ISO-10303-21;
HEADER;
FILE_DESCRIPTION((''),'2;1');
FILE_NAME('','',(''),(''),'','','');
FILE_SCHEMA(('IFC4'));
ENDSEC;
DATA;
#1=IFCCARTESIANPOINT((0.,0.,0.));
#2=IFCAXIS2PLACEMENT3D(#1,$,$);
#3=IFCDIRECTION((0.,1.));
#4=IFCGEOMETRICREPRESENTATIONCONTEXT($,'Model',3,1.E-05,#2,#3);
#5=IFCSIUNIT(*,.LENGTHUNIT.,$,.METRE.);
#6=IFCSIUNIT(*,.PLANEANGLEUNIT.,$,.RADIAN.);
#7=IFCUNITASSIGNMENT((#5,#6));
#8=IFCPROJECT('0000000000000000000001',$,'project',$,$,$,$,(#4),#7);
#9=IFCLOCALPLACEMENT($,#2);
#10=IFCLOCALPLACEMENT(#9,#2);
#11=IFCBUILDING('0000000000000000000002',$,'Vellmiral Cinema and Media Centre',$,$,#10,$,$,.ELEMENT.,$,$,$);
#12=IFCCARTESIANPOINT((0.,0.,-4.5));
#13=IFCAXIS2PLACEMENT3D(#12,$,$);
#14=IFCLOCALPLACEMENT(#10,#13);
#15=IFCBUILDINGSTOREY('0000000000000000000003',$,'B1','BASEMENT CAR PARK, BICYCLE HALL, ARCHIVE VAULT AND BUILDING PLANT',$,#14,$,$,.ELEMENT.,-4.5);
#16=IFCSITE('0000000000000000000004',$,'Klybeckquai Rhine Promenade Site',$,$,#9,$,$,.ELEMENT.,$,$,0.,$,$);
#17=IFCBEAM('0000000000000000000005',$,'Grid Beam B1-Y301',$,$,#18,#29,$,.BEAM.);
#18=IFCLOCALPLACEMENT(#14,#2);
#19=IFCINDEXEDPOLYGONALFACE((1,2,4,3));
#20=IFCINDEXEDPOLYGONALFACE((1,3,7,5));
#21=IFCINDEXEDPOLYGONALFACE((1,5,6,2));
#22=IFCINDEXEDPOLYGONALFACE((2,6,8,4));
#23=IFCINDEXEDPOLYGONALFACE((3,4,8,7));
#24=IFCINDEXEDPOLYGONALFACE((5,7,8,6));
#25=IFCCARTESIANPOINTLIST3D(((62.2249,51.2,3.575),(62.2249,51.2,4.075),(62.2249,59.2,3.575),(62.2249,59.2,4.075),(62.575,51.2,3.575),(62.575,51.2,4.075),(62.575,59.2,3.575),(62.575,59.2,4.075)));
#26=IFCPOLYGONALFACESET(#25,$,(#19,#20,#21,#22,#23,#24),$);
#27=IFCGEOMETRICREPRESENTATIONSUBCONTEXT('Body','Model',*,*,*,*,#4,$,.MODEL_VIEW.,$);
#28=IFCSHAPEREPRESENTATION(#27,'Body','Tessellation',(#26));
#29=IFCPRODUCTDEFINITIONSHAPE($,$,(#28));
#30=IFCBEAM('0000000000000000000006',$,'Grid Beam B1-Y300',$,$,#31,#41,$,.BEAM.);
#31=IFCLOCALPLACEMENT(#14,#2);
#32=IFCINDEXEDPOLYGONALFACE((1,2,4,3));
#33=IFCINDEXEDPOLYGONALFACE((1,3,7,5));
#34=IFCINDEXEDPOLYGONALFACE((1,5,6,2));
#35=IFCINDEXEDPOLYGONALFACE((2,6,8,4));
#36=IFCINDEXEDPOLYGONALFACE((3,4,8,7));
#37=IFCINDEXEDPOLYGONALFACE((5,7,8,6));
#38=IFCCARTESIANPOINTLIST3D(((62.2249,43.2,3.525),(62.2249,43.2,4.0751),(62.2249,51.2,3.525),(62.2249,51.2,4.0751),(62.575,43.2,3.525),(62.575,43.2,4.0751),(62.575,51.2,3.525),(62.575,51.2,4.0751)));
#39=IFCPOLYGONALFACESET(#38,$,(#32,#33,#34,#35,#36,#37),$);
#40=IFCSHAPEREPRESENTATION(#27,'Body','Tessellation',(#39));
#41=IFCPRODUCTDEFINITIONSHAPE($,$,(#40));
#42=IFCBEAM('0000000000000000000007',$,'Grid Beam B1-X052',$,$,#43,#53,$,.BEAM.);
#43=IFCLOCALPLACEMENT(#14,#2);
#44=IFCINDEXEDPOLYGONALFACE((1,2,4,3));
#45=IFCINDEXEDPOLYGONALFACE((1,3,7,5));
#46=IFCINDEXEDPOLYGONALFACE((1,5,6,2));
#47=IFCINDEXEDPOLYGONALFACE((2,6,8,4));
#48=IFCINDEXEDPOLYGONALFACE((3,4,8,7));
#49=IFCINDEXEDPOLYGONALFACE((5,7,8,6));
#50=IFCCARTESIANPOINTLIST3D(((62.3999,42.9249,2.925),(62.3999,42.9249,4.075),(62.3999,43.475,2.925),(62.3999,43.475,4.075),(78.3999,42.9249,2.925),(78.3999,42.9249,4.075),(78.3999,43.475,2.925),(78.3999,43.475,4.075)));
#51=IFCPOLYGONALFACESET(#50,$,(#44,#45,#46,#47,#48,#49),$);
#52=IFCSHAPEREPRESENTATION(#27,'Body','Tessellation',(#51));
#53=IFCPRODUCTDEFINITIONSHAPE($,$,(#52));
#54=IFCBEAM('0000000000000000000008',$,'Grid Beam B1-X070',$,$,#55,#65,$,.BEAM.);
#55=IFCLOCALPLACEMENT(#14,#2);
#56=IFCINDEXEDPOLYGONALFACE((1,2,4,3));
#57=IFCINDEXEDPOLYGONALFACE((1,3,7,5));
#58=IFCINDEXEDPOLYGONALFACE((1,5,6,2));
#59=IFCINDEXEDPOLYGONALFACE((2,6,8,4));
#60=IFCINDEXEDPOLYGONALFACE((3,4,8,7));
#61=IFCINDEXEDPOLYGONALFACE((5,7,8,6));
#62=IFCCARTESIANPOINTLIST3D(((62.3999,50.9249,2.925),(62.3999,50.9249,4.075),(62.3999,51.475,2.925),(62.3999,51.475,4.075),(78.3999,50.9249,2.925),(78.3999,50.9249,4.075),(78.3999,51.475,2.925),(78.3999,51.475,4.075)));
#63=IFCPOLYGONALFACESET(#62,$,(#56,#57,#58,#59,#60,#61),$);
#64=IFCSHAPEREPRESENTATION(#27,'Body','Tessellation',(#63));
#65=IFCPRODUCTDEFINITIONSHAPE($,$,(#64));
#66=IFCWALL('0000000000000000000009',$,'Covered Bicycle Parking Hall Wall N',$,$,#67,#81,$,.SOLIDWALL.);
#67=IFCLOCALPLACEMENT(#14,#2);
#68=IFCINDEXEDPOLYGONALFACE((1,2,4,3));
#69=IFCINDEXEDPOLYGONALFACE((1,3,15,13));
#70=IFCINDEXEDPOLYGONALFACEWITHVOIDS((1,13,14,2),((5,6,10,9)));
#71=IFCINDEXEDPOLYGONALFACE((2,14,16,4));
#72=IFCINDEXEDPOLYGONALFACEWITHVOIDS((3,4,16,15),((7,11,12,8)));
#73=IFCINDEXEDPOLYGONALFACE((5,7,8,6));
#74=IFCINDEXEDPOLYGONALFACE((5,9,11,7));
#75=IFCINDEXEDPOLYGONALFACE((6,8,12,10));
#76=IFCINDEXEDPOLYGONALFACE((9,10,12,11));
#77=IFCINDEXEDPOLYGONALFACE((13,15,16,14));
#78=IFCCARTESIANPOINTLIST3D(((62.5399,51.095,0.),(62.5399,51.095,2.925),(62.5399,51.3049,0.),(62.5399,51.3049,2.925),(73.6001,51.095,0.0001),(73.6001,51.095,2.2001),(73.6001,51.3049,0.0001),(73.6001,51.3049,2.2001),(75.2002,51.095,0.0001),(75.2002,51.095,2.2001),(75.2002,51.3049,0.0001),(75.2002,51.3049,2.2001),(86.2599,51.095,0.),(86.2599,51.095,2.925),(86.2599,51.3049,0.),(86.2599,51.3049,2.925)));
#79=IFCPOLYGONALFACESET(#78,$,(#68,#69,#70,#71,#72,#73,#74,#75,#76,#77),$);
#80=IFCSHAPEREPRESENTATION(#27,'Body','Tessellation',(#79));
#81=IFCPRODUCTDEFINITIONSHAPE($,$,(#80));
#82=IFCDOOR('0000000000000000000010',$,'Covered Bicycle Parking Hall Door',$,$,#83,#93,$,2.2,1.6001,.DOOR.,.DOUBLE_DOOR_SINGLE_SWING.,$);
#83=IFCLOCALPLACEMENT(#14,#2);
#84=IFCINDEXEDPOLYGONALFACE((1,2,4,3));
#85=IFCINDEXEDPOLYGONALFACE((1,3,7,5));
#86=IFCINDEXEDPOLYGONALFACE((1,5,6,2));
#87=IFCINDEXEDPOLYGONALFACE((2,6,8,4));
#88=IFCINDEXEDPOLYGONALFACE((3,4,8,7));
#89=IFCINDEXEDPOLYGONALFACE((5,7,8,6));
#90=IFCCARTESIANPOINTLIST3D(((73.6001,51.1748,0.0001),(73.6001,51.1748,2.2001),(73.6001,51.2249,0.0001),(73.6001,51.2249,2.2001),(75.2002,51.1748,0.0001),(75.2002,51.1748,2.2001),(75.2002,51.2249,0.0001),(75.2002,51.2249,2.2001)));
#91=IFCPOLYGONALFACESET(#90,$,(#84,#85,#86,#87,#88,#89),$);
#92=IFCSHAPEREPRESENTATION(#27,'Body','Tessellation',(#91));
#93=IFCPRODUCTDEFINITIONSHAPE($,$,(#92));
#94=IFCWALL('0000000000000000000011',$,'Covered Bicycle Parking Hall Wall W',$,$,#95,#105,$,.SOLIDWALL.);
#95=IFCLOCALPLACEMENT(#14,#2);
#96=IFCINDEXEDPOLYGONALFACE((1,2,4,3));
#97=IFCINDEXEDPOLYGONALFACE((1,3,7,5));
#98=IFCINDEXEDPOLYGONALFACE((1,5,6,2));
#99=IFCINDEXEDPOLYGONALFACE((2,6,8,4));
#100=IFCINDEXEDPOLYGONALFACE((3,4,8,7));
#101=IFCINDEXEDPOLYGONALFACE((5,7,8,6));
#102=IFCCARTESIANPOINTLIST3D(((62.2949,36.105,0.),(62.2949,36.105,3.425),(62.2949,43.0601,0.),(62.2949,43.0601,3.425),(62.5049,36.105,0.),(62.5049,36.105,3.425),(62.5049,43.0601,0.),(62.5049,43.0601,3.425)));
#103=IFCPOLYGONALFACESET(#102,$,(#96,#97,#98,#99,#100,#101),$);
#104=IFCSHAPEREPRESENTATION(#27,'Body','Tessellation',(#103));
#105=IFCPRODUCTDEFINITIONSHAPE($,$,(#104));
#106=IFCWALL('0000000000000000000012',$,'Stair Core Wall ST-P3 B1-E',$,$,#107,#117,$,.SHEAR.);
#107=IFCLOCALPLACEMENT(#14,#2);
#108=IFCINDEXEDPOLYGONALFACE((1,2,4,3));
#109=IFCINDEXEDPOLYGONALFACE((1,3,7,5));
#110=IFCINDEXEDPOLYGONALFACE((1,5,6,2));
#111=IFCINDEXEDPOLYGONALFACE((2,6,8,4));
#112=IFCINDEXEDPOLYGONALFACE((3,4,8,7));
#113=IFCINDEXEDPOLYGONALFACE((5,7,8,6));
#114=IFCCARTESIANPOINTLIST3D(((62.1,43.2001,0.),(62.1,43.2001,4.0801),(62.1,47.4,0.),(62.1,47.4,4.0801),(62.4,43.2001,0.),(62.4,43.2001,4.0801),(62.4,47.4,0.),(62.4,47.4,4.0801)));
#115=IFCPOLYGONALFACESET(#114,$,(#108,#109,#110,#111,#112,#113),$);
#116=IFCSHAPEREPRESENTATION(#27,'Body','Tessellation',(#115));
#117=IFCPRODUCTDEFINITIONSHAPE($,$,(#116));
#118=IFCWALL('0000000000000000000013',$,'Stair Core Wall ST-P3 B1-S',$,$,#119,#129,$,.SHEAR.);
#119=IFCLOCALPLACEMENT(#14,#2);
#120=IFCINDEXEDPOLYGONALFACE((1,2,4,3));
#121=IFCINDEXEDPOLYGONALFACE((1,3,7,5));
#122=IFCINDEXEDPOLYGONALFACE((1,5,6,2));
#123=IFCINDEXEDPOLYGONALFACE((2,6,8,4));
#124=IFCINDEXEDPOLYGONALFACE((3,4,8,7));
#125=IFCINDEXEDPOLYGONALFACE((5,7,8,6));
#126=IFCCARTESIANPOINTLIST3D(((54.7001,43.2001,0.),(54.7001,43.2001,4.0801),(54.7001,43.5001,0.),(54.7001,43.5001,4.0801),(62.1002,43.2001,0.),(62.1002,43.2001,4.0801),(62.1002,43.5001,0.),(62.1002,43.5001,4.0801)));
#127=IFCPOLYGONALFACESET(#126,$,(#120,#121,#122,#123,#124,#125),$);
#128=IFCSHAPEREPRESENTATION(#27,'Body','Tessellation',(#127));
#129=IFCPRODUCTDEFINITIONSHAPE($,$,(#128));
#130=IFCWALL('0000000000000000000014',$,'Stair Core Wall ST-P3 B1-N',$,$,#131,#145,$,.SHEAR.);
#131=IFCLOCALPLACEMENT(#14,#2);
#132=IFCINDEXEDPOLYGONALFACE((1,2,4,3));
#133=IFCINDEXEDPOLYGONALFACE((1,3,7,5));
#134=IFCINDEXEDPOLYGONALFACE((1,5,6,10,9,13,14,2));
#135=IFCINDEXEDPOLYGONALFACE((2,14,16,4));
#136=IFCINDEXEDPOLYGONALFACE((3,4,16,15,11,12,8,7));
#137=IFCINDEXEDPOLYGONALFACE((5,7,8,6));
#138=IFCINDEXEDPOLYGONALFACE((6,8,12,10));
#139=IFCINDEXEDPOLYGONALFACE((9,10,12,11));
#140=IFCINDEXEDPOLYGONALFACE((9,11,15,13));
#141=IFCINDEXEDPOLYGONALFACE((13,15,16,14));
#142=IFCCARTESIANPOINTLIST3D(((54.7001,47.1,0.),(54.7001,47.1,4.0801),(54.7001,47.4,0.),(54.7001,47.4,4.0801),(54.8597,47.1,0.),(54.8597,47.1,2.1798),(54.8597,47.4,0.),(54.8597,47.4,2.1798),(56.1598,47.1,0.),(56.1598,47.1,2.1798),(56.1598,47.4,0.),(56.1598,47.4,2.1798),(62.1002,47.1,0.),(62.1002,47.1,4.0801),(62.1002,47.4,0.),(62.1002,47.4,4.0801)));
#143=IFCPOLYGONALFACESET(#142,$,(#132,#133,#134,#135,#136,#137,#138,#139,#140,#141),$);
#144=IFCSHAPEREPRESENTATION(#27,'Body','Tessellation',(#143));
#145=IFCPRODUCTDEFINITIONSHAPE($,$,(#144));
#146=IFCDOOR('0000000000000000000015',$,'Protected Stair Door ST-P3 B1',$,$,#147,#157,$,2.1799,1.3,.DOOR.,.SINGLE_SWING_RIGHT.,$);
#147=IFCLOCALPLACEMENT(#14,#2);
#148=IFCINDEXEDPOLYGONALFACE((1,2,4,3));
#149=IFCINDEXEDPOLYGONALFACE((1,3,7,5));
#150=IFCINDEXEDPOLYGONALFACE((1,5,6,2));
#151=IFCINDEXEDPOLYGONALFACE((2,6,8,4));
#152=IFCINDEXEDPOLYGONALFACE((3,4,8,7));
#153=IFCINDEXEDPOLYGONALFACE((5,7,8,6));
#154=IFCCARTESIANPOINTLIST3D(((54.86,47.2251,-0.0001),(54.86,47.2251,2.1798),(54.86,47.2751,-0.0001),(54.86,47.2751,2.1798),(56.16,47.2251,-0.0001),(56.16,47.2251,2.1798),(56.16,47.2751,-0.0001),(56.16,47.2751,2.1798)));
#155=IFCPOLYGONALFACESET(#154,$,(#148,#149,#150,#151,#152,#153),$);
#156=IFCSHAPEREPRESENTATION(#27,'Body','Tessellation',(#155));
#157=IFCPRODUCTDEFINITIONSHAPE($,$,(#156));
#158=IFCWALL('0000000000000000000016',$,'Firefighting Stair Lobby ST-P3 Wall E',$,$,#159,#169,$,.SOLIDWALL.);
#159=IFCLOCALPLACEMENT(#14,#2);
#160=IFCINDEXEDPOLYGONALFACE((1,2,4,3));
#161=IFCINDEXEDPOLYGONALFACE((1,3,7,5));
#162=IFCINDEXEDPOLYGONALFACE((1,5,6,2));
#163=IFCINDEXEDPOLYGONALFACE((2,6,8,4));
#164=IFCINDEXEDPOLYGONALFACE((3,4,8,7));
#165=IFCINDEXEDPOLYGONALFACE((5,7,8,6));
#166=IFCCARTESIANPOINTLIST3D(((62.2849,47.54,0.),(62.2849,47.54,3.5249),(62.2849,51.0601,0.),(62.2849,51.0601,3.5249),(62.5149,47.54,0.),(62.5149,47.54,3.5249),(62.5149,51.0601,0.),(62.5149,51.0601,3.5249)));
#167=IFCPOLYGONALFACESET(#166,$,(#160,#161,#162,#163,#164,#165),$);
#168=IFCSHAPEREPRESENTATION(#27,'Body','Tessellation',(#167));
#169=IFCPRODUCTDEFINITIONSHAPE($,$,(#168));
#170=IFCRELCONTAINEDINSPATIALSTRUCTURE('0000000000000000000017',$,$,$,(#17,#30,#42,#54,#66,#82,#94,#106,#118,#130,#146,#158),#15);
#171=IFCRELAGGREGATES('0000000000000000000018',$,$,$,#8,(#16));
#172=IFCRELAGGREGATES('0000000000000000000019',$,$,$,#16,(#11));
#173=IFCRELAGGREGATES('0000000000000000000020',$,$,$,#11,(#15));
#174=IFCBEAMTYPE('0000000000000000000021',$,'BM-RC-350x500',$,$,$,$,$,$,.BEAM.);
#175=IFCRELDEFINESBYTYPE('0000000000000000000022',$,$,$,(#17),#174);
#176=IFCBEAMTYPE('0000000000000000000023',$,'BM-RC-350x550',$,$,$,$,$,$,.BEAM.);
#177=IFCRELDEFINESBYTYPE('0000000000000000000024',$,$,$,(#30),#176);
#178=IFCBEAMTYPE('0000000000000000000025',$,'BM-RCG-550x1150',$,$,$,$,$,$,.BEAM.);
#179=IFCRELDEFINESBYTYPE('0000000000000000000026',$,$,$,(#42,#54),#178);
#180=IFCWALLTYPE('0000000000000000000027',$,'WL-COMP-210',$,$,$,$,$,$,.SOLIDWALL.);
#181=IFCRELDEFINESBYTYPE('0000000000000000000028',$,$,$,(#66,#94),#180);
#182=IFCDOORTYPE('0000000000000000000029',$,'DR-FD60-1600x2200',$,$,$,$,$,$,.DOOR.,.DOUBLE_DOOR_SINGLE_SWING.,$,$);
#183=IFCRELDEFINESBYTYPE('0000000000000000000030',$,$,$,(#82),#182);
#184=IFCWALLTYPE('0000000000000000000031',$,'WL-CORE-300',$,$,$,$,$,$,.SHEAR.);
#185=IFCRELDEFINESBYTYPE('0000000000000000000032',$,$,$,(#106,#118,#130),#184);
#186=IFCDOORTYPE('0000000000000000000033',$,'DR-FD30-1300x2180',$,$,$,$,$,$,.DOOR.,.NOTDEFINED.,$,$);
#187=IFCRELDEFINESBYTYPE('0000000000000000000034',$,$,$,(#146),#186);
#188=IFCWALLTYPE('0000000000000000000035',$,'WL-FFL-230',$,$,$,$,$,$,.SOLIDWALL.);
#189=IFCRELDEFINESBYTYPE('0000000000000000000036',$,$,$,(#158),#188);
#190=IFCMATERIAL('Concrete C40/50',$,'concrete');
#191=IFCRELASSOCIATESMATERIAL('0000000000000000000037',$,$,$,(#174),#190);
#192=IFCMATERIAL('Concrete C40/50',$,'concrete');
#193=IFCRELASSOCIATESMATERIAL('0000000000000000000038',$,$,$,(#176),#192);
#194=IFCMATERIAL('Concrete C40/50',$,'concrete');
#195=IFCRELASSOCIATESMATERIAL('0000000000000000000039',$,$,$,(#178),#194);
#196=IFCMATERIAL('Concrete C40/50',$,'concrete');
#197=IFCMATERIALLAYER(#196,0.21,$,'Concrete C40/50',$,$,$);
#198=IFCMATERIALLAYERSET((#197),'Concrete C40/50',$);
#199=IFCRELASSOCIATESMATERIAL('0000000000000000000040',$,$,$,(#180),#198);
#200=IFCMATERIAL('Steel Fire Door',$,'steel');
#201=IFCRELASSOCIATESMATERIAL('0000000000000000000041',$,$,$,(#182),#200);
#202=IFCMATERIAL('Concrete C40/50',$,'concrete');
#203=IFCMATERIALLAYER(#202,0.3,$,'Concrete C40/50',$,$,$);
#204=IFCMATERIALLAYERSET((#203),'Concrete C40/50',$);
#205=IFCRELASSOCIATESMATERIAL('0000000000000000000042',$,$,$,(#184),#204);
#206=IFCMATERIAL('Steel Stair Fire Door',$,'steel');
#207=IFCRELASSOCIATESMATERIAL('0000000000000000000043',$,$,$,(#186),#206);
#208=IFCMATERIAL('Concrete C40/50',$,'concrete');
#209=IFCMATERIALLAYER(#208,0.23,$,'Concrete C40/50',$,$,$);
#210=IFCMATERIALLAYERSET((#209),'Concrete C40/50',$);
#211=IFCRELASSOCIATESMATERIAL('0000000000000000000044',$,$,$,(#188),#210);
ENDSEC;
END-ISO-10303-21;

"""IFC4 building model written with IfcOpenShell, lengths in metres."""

from ifc_helpers import new_model, si_unit, direction, frame, frame_2d, origin, origin_2d, place, context, subcontext, project, spatial, rectangle, extrude, material, layer, layer_set, material_profile, profile_set, type_object, element, fill, save


model = new_model("IFC4")

# Units and contexts
model_context = context("Model", 3, precision=1e-05, world=origin(), true_north=direction((0.0, 1.0)))
body_context = subcontext(model_context, "Body", "Model", "MODEL_VIEW")
ifc_project = project(units=[si_unit("LENGTHUNIT", "METRE"), si_unit("PLANEANGLEUNIT", "RADIAN")], contexts=[model_context])

# Site, building, storey
site_placement = place(None, origin())
site = spatial("IfcSite", under=ifc_project, at=site_placement, Name="Klybeckquai Rhine Promenade Site", CompositionType="ELEMENT", RefElevation=0.0)
building_placement = place(site_placement, origin())
building = spatial("IfcBuilding", under=site, at=building_placement, Name="Vellmiral Cinema and Media Centre", CompositionType="ELEMENT")
storey_placement = place(building_placement, frame((0.0, 0.0, -4.5)))
storey = spatial("IfcBuildingStorey", under=building, at=storey_placement, Name="B1", Description="BASEMENT CAR PARK, BICYCLE HALL, ARCHIVE VAULT AND BUILDING PLANT", CompositionType="ELEMENT", Elevation=-4.5)

# Beams
ifc_material_1 = material(Name="Concrete C40/50", Category="concrete")
ifc_material_profile_1 = material_profile(ifc_material_1, rectangle(XDim=0.3501, YDim=0.5, at=origin_2d()), Name="RC 350x500")
ifc_profile_set_1 = profile_set([ifc_material_profile_1], Name="Concrete C40/50")
beam_type_1 = type_object("IfcBeamType", Name="BM-RC-350x500", PredefinedType="BEAM", material=ifc_profile_set_1)
beam_1_placement = place(storey_placement, frame((62.3999, 51.2, 3.825), z_axis=(0.0, 1.0, 0.0), x_axis=(-1.0, 0.0, 0.0)))
element("IfcBeam", 1, at=beam_1_placement, inside=storey, type_object=beam_type_1, Name="Grid Beam B1-Y301", PredefinedType="BEAM", context=body_context, shape_type="SweptSolid", body=[
    extrude(rectangle(XDim=0.3501, YDim=0.5, at=origin_2d()), origin(), (0.0, 0.0, 1.0), 8.0),
])
ifc_material_2 = material(Name="Concrete C40/50", Category="concrete")
ifc_material_profile_2 = material_profile(ifc_material_2, rectangle(XDim=0.3501, YDim=0.55, at=origin_2d()), Name="RC 350x550")
ifc_profile_set_2 = profile_set([ifc_material_profile_2], Name="Concrete C40/50")
beam_type_2 = type_object("IfcBeamType", Name="BM-RC-350x550", PredefinedType="BEAM", material=ifc_profile_set_2)
beam_2_placement = place(storey_placement, frame((62.3999, 43.2, 3.8), z_axis=(0.0, 1.0, 0.0), x_axis=(-1.0, 0.0, 0.0)))
element("IfcBeam", 2, at=beam_2_placement, inside=storey, type_object=beam_type_2, Name="Grid Beam B1-Y300", PredefinedType="BEAM", context=body_context, shape_type="SweptSolid", body=[
    extrude(rectangle(XDim=0.3501, YDim=0.55, at=origin_2d()), origin(), (0.0, 0.0, 1.0), 8.0),
])
ifc_material_3 = material(Name="Concrete C40/50", Category="concrete")
ifc_material_profile_3 = material_profile(ifc_material_3, rectangle(XDim=0.55, YDim=1.1499, at=origin_2d()), Name="RC 550x1150")
ifc_profile_set_3 = profile_set([ifc_material_profile_3], Name="Concrete C40/50")
beam_type_3 = type_object("IfcBeamType", Name="BM-RCG-550x1150", PredefinedType="BEAM", material=ifc_profile_set_3)
for number, where, z_axis, x_axis, name in (
    (3, (62.3999, 43.2, 3.5), (1.0, 0.0, 0.0), (0.0, 1.0, 0.0), "Grid Beam B1-X052"),
    (4, (62.3999, 51.2, 3.5), (1.0, 0.0, 0.0), (0.0, 1.0, 0.0), "Grid Beam B1-X070"),
):
    element("IfcBeam", number, at=place(storey_placement, frame(where, z_axis=z_axis, x_axis=x_axis)), inside=storey, type_object=beam_type_3, Name=name, PredefinedType="BEAM", context=body_context, shape_type="SweptSolid", body=[
        extrude(rectangle(XDim=0.55, YDim=1.1499, at=origin_2d()), origin(), (0.0, 0.0, 1.0), 16.0),
    ])

# Wall, opening, door
ifc_material_4 = material(Name="Concrete C40/50", Category="concrete")
ifc_layer_1 = layer(ifc_material_4, 0.21, Name="Concrete C40/50")
ifc_layer_set_1 = layer_set([ifc_layer_1], Name="Concrete C40/50")
wall_type_1 = type_object("IfcWallType", Name="WL-COMP-210", PredefinedType="SOLIDWALL", material=ifc_layer_set_1)
wall_1_placement = place(storey_placement, frame((62.54, 51.2, 0.0), z_axis=(0.0, 0.0, 1.0), x_axis=(1.0, 0.0, 0.0)))
wall_1 = element("IfcWall", 5, at=wall_1_placement, inside=storey, type_object=wall_type_1, Name="Covered Bicycle Parking Hall Wall N", PredefinedType="SOLIDWALL", context=body_context, shape_type="SweptSolid", body=[
    extrude(rectangle(XDim=23.72, YDim=0.21, at=frame_2d((11.8599, 0.0))), origin(), (0.0, 0.0, 1.0), 2.925),
])
opening_1_placement = place(wall_1_placement, frame((11.0601, 0.0, 0.0)))
opening_1 = element("IfcOpeningElement", 6, at=opening_1_placement, cuts=wall_1, PredefinedType="OPENING", context=body_context, shape_type="SweptSolid", body=[
    extrude(rectangle(XDim=1.6001, YDim=2.2, at=frame_2d((0.8, 1.1001))), frame((0.0, 0.1169, 0.0), z_axis=(0.0, -1.0, 0.0), x_axis=(1.0, 0.0, 0.0)), (0.0, 0.0, 1.0), 0.2339),
])
ifc_material_5 = material(Name="Steel Fire Door", Category="steel")
door_type_1 = type_object("IfcDoorType", Name="DR-FD60-1600x2200", OperationType="DOUBLE_DOOR_SINGLE_SWING", PredefinedType="DOOR", material=ifc_material_5)
door_1_placement = place(opening_1_placement, origin())
door_1 = element("IfcDoor", 7, at=door_1_placement, inside=storey, type_object=door_type_1, Name="Covered Bicycle Parking Hall Door", OperationType="DOUBLE_DOOR_SINGLE_SWING", OverallHeight=2.2, OverallWidth=1.6001, PredefinedType="DOOR", context=body_context, shape_type="SweptSolid", body=[
    extrude(rectangle(XDim=1.6001, YDim=2.2, at=frame_2d((0.8, 1.1001))), frame((0.0, 0.0249, 0.0), z_axis=(0.0, -1.0, 0.0), x_axis=(1.0, 0.0, 0.0)), (0.0, 0.0, 1.0), 0.05),
])
fill(opening_1, door_1)

# Walls
wall_2_placement = place(storey_placement, frame((62.3999, 36.105, 0.0), z_axis=(0.0, 0.0, 1.0), x_axis=(0.0, 1.0, 0.0)))
element("IfcWall", 8, at=wall_2_placement, inside=storey, type_object=wall_type_1, Name="Covered Bicycle Parking Hall Wall W", PredefinedType="SOLIDWALL", context=body_context, shape_type="SweptSolid", body=[
    extrude(rectangle(XDim=6.9551, YDim=0.21, at=frame_2d((3.4775, 0.0))), origin(), (0.0, 0.0, 1.0), 3.425),
])
ifc_material_6 = material(Name="Concrete C40/50", Category="concrete")
ifc_layer_2 = layer(ifc_material_6, 0.3, Name="Concrete C40/50")
ifc_layer_set_2 = layer_set([ifc_layer_2], Name="Concrete C40/50")
wall_type_2 = type_object("IfcWallType", Name="WL-CORE-300", PredefinedType="SHEAR", material=ifc_layer_set_2)
wall_3_placement = place(storey_placement, frame((62.25, 43.2, 0.0), z_axis=(0.0, 0.0, 1.0), x_axis=(0.0, 1.0, 0.0)))
element("IfcWall", 9, at=wall_3_placement, inside=storey, type_object=wall_type_2, Name="Stair Core Wall ST-P3 B1-E", PredefinedType="SHEAR", context=body_context, shape_type="SweptSolid", body=[
    extrude(rectangle(XDim=4.2, YDim=0.3, at=frame_2d((2.1001, 0.0))), origin(), (0.0, 0.0, 1.0), 4.0801),
])
wall_4_placement = place(storey_placement, frame((54.7, 43.3501, 0.0), z_axis=(0.0, 0.0, 1.0), x_axis=(1.0, 0.0, 0.0)))
element("IfcWall", 10, at=wall_4_placement, inside=storey, type_object=wall_type_2, Name="Stair Core Wall ST-P3 B1-S", PredefinedType="SHEAR", context=body_context, shape_type="SweptSolid", body=[
    extrude(rectangle(XDim=7.4001, YDim=0.3, at=frame_2d((3.7002, 0.0))), origin(), (0.0, 0.0, 1.0), 4.0801),
])

# Wall, opening, door
wall_5_placement = place(storey_placement, frame((54.7, 47.25, 0.0), z_axis=(0.0, 0.0, 1.0), x_axis=(1.0, 0.0, 0.0)))
wall_5 = element("IfcWall", 11, at=wall_5_placement, inside=storey, type_object=wall_type_2, Name="Stair Core Wall ST-P3 B1-N", PredefinedType="SHEAR", context=body_context, shape_type="SweptSolid", body=[
    extrude(rectangle(XDim=7.4001, YDim=0.3, at=frame_2d((3.7002, 0.0))), origin(), (0.0, 0.0, 1.0), 4.0801),
])
opening_2_placement = place(wall_5_placement, frame((0.1599, 0.0, 0.0)))
opening_2 = element("IfcOpeningElement", 12, at=opening_2_placement, cuts=wall_5, PredefinedType="OPENING", context=body_context, shape_type="SweptSolid", body=[
    extrude(rectangle(XDim=1.3, YDim=2.1799, at=frame_2d((0.6499, 1.0898))), frame((0.0, 0.1621, 0.0), z_axis=(0.0, -1.0, 0.0), x_axis=(1.0, 0.0, 0.0)), (0.0, 0.0, 1.0), 0.324),
])
ifc_material_7 = material(Name="Steel Stair Fire Door", Category="steel")
door_type_2 = type_object("IfcDoorType", Name="DR-FD30-1300x2180", OperationType="NOTDEFINED", PredefinedType="DOOR", material=ifc_material_7)
door_2_placement = place(opening_2_placement, frame((1.3, 0.0, 0.0), z_axis=(0.0, 0.0, 1.0), x_axis=(-1.0, 0.0, 0.0)))
door_2 = element("IfcDoor", 13, at=door_2_placement, inside=storey, type_object=door_type_2, Name="Protected Stair Door ST-P3 B1", OperationType="SINGLE_SWING_RIGHT", OverallHeight=2.1799, OverallWidth=1.3, PredefinedType="DOOR", context=body_context, shape_type="SweptSolid", body=[
    extrude(rectangle(XDim=1.3, YDim=2.1799, at=frame_2d((0.6499, 1.0898))), frame((0.0, 0.0249, 0.0), z_axis=(0.0, -1.0, 0.0), x_axis=(1.0, 0.0, 0.0)), (0.0, 0.0, 1.0), 0.05),
])
fill(opening_2, door_2)

# Wall
ifc_material_8 = material(Name="Concrete C40/50", Category="concrete")
ifc_layer_3 = layer(ifc_material_8, 0.23, Name="Concrete C40/50")
ifc_layer_set_3 = layer_set([ifc_layer_3], Name="Concrete C40/50")
wall_type_3 = type_object("IfcWallType", Name="WL-FFL-230", PredefinedType="SOLIDWALL", material=ifc_layer_set_3)
wall_6_placement = place(storey_placement, frame((62.3999, 47.54, 0.0), z_axis=(0.0, 0.0, 1.0), x_axis=(0.0, 1.0, 0.0)))
element("IfcWall", 14, at=wall_6_placement, inside=storey, type_object=wall_type_3, Name="Firefighting Stair Lobby ST-P3 Wall E", PredefinedType="SOLIDWALL", context=body_context, shape_type="SweptSolid", body=[
    extrude(rectangle(XDim=3.52, YDim=0.23, at=frame_2d((1.76, 0.0))), origin(), (0.0, 0.0, 1.0), 3.5249),
])

save(model, "model.ifc")
